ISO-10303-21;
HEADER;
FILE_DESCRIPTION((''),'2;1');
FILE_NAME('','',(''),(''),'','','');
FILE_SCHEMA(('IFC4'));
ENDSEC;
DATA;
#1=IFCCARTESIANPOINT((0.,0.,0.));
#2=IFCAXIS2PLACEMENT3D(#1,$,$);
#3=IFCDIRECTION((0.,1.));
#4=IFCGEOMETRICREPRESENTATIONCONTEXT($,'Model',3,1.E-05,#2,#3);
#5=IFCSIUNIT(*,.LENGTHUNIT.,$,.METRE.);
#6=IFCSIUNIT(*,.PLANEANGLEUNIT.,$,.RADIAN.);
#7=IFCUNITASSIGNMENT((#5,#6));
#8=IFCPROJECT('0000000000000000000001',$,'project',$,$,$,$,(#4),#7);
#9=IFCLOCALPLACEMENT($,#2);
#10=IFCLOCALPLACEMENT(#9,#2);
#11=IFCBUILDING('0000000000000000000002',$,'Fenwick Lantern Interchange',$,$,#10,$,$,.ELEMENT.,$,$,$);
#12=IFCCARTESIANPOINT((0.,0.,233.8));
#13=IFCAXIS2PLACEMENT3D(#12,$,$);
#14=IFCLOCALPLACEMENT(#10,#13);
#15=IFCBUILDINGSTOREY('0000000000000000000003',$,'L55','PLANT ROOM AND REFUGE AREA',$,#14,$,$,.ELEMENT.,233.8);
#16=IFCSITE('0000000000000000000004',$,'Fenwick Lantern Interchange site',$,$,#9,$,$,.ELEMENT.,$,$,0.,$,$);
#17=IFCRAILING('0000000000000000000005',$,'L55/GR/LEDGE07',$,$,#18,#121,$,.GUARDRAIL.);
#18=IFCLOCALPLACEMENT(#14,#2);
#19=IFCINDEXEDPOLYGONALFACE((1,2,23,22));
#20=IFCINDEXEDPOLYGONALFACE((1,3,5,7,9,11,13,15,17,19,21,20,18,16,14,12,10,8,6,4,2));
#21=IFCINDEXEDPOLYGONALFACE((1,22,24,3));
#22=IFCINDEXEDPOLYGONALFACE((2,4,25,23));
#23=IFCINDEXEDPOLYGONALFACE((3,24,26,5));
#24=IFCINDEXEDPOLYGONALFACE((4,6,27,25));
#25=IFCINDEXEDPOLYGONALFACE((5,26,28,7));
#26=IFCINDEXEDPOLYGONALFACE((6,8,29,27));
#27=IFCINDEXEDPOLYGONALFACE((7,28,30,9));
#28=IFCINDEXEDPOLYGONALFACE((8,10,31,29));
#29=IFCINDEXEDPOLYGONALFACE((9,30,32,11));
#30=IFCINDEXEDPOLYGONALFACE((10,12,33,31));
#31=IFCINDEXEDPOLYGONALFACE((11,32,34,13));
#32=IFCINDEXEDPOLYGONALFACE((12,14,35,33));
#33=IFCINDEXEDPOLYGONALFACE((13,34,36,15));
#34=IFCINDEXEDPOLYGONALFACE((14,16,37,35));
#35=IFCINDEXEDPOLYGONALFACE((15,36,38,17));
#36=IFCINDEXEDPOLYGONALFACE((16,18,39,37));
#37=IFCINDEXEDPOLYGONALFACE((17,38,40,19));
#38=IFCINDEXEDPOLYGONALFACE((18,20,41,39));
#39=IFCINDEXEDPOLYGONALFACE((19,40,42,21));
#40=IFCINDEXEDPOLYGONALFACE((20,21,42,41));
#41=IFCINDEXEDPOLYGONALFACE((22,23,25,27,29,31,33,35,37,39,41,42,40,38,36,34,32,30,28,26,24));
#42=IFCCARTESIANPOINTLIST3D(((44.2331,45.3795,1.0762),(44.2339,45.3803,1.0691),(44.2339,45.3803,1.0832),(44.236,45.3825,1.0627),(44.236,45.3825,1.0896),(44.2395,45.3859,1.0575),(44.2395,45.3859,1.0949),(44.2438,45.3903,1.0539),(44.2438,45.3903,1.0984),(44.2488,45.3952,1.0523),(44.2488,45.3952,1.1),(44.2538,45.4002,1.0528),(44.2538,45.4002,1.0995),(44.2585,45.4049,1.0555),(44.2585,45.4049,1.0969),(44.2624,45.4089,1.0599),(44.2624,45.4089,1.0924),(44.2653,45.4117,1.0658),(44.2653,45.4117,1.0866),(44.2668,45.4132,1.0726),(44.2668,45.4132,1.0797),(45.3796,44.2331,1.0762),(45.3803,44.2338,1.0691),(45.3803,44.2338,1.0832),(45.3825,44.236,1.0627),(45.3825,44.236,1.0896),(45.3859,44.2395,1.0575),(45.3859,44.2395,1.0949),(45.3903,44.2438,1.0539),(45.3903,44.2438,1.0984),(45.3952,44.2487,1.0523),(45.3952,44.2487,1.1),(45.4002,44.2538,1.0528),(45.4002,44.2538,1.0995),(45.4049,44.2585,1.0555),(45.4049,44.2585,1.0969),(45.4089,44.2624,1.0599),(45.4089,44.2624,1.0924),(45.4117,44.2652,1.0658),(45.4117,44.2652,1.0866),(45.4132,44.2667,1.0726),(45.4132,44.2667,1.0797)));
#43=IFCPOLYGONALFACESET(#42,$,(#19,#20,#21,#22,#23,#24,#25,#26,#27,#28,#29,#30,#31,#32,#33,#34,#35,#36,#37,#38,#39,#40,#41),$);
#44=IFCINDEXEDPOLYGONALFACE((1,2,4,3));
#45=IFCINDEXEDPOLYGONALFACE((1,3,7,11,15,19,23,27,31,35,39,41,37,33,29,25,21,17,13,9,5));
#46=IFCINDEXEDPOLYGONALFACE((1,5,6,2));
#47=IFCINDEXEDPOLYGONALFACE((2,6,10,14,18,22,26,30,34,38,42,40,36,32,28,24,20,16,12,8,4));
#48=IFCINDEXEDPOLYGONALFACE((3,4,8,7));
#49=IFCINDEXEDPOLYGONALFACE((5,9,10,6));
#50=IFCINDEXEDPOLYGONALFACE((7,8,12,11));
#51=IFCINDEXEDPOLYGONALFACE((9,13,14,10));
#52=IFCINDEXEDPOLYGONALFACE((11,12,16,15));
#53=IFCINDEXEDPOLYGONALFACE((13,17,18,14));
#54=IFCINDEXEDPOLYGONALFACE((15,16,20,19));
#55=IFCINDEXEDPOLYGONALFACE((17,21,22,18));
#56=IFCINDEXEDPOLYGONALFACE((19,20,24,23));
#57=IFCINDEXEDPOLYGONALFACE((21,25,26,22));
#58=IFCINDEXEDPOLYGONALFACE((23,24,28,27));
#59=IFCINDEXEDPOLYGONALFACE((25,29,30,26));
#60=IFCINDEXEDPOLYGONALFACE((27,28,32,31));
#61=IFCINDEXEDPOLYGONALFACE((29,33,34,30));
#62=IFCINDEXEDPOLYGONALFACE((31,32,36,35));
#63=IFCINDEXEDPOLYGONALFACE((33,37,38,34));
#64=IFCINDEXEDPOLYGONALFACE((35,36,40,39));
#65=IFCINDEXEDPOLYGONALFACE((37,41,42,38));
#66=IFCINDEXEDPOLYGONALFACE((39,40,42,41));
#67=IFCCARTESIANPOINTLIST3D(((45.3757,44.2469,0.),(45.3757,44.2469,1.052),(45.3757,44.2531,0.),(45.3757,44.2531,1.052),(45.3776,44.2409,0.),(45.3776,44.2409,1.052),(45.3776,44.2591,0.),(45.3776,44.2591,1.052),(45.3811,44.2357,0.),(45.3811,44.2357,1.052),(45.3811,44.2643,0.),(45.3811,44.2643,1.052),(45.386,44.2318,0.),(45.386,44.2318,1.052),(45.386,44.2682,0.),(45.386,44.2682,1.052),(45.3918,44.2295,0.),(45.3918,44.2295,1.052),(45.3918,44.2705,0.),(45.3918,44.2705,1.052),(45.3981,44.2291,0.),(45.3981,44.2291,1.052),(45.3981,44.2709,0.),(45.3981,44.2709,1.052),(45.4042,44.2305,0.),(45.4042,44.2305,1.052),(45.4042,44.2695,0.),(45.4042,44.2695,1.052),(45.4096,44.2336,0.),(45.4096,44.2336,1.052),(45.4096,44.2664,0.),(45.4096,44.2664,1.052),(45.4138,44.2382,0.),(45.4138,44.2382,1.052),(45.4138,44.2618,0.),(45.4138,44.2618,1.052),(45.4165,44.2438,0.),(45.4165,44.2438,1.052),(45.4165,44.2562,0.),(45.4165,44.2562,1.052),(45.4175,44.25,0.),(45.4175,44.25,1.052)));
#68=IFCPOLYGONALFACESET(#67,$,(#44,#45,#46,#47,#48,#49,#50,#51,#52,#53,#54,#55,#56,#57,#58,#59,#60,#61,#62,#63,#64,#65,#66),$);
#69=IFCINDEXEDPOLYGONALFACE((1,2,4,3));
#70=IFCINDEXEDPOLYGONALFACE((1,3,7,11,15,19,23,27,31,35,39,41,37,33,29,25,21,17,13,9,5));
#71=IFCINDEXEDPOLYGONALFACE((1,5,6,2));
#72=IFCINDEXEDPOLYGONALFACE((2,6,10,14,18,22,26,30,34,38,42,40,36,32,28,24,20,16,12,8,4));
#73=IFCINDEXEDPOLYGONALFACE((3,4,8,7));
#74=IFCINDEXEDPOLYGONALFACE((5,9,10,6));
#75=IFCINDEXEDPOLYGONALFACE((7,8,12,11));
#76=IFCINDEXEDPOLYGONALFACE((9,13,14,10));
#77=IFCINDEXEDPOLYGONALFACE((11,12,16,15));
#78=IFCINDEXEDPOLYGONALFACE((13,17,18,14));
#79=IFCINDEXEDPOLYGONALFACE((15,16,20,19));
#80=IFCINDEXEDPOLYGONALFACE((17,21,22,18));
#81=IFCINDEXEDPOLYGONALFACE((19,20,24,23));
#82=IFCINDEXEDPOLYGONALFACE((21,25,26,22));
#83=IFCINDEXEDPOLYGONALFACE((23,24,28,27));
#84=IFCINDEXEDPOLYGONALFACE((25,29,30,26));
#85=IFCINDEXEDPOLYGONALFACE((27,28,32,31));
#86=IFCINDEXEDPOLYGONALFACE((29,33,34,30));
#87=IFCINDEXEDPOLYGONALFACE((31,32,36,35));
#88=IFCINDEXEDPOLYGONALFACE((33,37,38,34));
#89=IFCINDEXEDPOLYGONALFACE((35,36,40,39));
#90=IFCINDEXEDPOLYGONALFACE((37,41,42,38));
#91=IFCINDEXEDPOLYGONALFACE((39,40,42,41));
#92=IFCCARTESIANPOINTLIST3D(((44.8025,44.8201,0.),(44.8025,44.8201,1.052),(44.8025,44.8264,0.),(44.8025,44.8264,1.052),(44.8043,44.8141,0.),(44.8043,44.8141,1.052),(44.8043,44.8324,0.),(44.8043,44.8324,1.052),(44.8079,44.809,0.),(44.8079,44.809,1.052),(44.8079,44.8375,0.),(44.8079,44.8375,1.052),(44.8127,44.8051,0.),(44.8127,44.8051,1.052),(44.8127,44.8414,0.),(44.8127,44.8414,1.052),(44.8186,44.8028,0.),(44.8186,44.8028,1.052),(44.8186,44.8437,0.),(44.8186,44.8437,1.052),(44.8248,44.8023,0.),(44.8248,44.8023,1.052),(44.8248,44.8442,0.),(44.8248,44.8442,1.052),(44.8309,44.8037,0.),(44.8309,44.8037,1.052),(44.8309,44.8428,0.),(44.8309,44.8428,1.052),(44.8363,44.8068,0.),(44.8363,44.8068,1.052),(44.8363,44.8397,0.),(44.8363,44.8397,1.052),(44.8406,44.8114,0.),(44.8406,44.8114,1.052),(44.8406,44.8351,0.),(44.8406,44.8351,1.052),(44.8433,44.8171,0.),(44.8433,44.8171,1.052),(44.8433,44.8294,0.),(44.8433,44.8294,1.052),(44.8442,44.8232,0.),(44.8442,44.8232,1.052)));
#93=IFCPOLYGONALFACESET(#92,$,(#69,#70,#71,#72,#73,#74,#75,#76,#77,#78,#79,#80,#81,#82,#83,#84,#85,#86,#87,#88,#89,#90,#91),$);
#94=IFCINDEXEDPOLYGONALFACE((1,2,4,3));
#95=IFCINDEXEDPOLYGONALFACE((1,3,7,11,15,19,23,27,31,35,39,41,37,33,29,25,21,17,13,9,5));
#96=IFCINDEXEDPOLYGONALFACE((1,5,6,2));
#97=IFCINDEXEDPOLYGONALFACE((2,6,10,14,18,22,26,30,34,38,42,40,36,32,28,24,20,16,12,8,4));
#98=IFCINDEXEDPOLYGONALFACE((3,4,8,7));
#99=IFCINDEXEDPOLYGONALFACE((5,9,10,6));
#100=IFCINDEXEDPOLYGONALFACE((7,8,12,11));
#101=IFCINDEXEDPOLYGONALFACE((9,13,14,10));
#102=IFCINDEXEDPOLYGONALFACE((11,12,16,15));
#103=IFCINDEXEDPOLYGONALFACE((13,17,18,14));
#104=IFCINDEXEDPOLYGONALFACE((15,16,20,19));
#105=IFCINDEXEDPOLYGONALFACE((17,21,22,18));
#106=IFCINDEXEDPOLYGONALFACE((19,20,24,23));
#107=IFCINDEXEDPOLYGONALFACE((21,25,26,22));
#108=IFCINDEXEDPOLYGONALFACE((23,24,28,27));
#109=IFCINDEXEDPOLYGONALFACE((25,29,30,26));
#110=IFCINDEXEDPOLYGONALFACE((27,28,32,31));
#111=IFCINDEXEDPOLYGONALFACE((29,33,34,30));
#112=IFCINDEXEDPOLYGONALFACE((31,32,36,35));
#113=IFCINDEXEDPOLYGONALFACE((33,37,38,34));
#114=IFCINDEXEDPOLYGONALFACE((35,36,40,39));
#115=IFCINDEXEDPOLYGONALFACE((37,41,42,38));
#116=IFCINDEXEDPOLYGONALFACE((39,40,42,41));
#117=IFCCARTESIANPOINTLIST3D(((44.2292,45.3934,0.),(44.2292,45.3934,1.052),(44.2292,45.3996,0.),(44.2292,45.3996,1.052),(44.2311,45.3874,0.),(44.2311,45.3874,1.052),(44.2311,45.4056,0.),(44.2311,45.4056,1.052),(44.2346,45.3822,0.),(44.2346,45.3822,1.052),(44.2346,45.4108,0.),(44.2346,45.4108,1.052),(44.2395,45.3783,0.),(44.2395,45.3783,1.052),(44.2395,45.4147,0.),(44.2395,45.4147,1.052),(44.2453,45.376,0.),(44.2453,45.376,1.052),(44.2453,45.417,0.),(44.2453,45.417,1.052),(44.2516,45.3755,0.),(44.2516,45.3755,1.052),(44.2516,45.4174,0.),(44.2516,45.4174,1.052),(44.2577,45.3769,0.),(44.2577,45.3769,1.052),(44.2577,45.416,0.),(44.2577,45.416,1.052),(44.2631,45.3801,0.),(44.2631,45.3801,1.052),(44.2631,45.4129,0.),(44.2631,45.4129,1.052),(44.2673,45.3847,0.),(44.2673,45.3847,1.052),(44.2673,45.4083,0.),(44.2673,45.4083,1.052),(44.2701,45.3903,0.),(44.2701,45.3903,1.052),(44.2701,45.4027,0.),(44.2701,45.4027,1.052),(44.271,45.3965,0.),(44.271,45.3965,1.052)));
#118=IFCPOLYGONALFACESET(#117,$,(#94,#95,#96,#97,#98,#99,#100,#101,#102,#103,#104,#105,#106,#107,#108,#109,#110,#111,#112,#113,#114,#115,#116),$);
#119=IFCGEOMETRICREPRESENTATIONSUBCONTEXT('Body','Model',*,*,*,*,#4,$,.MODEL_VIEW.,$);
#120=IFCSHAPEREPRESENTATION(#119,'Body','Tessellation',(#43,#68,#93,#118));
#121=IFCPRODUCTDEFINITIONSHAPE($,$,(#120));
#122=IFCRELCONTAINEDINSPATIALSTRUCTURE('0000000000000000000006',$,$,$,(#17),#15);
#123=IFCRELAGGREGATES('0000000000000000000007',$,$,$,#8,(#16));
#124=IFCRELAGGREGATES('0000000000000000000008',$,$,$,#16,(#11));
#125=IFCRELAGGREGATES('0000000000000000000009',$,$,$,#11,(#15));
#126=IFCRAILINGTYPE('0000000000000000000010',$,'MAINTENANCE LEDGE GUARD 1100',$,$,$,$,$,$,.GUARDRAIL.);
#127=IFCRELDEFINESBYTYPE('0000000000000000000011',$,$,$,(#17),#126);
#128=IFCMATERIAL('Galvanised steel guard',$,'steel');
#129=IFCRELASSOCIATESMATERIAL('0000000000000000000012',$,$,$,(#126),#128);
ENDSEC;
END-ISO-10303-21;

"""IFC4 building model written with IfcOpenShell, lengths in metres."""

from ifc_helpers import new_model, si_unit, direction, frame, origin, origin_2d, place, context, subcontext, project, spatial, circle, extrude, material, type_object, element, save


model = new_model("IFC4")

# Units and contexts
model_context = context("Model", 3, precision=1e-05, world=origin(), true_north=direction((0.0, 1.0)))
body_context = subcontext(model_context, "Body", "Model", "MODEL_VIEW")
ifc_project = project(units=[si_unit("LENGTHUNIT", "METRE"), si_unit("PLANEANGLEUNIT", "RADIAN")], contexts=[model_context])

# Site, building, storey
site_placement = place(None, origin())
site = spatial("IfcSite", under=ifc_project, at=site_placement, Name="Fenwick Lantern Interchange site", CompositionType="ELEMENT", RefElevation=0.0)
building_placement = place(site_placement, origin())
building = spatial("IfcBuilding", under=site, at=building_placement, Name="Fenwick Lantern Interchange", CompositionType="ELEMENT")
storey_placement = place(building_placement, frame((0.0, 0.0, 233.8)))
storey = spatial("IfcBuildingStorey", under=building, at=storey_placement, Name="L55", Description="PLANT ROOM AND REFUGE AREA", CompositionType="ELEMENT", Elevation=233.8)

# Railing
ifc_material_1 = material(Name="Galvanised steel guard", Category="steel")
railing_type = type_object("IfcRailingType", Name="MAINTENANCE LEDGE GUARD 1100", PredefinedType="GUARDRAIL", material=ifc_material_1)
railing_1_placement = place(storey_placement, frame((45.3965, 44.25, 0.0)))
element("IfcRailing", 1, at=railing_1_placement, inside=storey, type_object=railing_type, Name="L55/GR/LEDGE07", PredefinedType="GUARDRAIL", context=body_context, shape_type="SweptSolid", body=[
    extrude(circle(Radius=0.0239, at=origin_2d()), frame((0.0, 0.0, 1.0762), z_axis=(-0.707107, 0.707107, 0.0), x_axis=(-0.707107, -0.707107, 0.0)), (0.0, 0.0, 1.0), 1.6213),
    extrude(circle(Radius=0.021, at=origin_2d()), origin(), (0.0, 0.0, 1.0), 1.052),
    extrude(circle(Radius=0.021, at=origin_2d()), frame((-0.5732, 0.5732, 0.0)), (0.0, 0.0, 1.0), 1.052),
    extrude(circle(Radius=0.021, at=origin_2d()), frame((-1.1465, 1.1465, 0.0)), (0.0, 0.0, 1.0), 1.052),
])

save(model, "model.ifc")
